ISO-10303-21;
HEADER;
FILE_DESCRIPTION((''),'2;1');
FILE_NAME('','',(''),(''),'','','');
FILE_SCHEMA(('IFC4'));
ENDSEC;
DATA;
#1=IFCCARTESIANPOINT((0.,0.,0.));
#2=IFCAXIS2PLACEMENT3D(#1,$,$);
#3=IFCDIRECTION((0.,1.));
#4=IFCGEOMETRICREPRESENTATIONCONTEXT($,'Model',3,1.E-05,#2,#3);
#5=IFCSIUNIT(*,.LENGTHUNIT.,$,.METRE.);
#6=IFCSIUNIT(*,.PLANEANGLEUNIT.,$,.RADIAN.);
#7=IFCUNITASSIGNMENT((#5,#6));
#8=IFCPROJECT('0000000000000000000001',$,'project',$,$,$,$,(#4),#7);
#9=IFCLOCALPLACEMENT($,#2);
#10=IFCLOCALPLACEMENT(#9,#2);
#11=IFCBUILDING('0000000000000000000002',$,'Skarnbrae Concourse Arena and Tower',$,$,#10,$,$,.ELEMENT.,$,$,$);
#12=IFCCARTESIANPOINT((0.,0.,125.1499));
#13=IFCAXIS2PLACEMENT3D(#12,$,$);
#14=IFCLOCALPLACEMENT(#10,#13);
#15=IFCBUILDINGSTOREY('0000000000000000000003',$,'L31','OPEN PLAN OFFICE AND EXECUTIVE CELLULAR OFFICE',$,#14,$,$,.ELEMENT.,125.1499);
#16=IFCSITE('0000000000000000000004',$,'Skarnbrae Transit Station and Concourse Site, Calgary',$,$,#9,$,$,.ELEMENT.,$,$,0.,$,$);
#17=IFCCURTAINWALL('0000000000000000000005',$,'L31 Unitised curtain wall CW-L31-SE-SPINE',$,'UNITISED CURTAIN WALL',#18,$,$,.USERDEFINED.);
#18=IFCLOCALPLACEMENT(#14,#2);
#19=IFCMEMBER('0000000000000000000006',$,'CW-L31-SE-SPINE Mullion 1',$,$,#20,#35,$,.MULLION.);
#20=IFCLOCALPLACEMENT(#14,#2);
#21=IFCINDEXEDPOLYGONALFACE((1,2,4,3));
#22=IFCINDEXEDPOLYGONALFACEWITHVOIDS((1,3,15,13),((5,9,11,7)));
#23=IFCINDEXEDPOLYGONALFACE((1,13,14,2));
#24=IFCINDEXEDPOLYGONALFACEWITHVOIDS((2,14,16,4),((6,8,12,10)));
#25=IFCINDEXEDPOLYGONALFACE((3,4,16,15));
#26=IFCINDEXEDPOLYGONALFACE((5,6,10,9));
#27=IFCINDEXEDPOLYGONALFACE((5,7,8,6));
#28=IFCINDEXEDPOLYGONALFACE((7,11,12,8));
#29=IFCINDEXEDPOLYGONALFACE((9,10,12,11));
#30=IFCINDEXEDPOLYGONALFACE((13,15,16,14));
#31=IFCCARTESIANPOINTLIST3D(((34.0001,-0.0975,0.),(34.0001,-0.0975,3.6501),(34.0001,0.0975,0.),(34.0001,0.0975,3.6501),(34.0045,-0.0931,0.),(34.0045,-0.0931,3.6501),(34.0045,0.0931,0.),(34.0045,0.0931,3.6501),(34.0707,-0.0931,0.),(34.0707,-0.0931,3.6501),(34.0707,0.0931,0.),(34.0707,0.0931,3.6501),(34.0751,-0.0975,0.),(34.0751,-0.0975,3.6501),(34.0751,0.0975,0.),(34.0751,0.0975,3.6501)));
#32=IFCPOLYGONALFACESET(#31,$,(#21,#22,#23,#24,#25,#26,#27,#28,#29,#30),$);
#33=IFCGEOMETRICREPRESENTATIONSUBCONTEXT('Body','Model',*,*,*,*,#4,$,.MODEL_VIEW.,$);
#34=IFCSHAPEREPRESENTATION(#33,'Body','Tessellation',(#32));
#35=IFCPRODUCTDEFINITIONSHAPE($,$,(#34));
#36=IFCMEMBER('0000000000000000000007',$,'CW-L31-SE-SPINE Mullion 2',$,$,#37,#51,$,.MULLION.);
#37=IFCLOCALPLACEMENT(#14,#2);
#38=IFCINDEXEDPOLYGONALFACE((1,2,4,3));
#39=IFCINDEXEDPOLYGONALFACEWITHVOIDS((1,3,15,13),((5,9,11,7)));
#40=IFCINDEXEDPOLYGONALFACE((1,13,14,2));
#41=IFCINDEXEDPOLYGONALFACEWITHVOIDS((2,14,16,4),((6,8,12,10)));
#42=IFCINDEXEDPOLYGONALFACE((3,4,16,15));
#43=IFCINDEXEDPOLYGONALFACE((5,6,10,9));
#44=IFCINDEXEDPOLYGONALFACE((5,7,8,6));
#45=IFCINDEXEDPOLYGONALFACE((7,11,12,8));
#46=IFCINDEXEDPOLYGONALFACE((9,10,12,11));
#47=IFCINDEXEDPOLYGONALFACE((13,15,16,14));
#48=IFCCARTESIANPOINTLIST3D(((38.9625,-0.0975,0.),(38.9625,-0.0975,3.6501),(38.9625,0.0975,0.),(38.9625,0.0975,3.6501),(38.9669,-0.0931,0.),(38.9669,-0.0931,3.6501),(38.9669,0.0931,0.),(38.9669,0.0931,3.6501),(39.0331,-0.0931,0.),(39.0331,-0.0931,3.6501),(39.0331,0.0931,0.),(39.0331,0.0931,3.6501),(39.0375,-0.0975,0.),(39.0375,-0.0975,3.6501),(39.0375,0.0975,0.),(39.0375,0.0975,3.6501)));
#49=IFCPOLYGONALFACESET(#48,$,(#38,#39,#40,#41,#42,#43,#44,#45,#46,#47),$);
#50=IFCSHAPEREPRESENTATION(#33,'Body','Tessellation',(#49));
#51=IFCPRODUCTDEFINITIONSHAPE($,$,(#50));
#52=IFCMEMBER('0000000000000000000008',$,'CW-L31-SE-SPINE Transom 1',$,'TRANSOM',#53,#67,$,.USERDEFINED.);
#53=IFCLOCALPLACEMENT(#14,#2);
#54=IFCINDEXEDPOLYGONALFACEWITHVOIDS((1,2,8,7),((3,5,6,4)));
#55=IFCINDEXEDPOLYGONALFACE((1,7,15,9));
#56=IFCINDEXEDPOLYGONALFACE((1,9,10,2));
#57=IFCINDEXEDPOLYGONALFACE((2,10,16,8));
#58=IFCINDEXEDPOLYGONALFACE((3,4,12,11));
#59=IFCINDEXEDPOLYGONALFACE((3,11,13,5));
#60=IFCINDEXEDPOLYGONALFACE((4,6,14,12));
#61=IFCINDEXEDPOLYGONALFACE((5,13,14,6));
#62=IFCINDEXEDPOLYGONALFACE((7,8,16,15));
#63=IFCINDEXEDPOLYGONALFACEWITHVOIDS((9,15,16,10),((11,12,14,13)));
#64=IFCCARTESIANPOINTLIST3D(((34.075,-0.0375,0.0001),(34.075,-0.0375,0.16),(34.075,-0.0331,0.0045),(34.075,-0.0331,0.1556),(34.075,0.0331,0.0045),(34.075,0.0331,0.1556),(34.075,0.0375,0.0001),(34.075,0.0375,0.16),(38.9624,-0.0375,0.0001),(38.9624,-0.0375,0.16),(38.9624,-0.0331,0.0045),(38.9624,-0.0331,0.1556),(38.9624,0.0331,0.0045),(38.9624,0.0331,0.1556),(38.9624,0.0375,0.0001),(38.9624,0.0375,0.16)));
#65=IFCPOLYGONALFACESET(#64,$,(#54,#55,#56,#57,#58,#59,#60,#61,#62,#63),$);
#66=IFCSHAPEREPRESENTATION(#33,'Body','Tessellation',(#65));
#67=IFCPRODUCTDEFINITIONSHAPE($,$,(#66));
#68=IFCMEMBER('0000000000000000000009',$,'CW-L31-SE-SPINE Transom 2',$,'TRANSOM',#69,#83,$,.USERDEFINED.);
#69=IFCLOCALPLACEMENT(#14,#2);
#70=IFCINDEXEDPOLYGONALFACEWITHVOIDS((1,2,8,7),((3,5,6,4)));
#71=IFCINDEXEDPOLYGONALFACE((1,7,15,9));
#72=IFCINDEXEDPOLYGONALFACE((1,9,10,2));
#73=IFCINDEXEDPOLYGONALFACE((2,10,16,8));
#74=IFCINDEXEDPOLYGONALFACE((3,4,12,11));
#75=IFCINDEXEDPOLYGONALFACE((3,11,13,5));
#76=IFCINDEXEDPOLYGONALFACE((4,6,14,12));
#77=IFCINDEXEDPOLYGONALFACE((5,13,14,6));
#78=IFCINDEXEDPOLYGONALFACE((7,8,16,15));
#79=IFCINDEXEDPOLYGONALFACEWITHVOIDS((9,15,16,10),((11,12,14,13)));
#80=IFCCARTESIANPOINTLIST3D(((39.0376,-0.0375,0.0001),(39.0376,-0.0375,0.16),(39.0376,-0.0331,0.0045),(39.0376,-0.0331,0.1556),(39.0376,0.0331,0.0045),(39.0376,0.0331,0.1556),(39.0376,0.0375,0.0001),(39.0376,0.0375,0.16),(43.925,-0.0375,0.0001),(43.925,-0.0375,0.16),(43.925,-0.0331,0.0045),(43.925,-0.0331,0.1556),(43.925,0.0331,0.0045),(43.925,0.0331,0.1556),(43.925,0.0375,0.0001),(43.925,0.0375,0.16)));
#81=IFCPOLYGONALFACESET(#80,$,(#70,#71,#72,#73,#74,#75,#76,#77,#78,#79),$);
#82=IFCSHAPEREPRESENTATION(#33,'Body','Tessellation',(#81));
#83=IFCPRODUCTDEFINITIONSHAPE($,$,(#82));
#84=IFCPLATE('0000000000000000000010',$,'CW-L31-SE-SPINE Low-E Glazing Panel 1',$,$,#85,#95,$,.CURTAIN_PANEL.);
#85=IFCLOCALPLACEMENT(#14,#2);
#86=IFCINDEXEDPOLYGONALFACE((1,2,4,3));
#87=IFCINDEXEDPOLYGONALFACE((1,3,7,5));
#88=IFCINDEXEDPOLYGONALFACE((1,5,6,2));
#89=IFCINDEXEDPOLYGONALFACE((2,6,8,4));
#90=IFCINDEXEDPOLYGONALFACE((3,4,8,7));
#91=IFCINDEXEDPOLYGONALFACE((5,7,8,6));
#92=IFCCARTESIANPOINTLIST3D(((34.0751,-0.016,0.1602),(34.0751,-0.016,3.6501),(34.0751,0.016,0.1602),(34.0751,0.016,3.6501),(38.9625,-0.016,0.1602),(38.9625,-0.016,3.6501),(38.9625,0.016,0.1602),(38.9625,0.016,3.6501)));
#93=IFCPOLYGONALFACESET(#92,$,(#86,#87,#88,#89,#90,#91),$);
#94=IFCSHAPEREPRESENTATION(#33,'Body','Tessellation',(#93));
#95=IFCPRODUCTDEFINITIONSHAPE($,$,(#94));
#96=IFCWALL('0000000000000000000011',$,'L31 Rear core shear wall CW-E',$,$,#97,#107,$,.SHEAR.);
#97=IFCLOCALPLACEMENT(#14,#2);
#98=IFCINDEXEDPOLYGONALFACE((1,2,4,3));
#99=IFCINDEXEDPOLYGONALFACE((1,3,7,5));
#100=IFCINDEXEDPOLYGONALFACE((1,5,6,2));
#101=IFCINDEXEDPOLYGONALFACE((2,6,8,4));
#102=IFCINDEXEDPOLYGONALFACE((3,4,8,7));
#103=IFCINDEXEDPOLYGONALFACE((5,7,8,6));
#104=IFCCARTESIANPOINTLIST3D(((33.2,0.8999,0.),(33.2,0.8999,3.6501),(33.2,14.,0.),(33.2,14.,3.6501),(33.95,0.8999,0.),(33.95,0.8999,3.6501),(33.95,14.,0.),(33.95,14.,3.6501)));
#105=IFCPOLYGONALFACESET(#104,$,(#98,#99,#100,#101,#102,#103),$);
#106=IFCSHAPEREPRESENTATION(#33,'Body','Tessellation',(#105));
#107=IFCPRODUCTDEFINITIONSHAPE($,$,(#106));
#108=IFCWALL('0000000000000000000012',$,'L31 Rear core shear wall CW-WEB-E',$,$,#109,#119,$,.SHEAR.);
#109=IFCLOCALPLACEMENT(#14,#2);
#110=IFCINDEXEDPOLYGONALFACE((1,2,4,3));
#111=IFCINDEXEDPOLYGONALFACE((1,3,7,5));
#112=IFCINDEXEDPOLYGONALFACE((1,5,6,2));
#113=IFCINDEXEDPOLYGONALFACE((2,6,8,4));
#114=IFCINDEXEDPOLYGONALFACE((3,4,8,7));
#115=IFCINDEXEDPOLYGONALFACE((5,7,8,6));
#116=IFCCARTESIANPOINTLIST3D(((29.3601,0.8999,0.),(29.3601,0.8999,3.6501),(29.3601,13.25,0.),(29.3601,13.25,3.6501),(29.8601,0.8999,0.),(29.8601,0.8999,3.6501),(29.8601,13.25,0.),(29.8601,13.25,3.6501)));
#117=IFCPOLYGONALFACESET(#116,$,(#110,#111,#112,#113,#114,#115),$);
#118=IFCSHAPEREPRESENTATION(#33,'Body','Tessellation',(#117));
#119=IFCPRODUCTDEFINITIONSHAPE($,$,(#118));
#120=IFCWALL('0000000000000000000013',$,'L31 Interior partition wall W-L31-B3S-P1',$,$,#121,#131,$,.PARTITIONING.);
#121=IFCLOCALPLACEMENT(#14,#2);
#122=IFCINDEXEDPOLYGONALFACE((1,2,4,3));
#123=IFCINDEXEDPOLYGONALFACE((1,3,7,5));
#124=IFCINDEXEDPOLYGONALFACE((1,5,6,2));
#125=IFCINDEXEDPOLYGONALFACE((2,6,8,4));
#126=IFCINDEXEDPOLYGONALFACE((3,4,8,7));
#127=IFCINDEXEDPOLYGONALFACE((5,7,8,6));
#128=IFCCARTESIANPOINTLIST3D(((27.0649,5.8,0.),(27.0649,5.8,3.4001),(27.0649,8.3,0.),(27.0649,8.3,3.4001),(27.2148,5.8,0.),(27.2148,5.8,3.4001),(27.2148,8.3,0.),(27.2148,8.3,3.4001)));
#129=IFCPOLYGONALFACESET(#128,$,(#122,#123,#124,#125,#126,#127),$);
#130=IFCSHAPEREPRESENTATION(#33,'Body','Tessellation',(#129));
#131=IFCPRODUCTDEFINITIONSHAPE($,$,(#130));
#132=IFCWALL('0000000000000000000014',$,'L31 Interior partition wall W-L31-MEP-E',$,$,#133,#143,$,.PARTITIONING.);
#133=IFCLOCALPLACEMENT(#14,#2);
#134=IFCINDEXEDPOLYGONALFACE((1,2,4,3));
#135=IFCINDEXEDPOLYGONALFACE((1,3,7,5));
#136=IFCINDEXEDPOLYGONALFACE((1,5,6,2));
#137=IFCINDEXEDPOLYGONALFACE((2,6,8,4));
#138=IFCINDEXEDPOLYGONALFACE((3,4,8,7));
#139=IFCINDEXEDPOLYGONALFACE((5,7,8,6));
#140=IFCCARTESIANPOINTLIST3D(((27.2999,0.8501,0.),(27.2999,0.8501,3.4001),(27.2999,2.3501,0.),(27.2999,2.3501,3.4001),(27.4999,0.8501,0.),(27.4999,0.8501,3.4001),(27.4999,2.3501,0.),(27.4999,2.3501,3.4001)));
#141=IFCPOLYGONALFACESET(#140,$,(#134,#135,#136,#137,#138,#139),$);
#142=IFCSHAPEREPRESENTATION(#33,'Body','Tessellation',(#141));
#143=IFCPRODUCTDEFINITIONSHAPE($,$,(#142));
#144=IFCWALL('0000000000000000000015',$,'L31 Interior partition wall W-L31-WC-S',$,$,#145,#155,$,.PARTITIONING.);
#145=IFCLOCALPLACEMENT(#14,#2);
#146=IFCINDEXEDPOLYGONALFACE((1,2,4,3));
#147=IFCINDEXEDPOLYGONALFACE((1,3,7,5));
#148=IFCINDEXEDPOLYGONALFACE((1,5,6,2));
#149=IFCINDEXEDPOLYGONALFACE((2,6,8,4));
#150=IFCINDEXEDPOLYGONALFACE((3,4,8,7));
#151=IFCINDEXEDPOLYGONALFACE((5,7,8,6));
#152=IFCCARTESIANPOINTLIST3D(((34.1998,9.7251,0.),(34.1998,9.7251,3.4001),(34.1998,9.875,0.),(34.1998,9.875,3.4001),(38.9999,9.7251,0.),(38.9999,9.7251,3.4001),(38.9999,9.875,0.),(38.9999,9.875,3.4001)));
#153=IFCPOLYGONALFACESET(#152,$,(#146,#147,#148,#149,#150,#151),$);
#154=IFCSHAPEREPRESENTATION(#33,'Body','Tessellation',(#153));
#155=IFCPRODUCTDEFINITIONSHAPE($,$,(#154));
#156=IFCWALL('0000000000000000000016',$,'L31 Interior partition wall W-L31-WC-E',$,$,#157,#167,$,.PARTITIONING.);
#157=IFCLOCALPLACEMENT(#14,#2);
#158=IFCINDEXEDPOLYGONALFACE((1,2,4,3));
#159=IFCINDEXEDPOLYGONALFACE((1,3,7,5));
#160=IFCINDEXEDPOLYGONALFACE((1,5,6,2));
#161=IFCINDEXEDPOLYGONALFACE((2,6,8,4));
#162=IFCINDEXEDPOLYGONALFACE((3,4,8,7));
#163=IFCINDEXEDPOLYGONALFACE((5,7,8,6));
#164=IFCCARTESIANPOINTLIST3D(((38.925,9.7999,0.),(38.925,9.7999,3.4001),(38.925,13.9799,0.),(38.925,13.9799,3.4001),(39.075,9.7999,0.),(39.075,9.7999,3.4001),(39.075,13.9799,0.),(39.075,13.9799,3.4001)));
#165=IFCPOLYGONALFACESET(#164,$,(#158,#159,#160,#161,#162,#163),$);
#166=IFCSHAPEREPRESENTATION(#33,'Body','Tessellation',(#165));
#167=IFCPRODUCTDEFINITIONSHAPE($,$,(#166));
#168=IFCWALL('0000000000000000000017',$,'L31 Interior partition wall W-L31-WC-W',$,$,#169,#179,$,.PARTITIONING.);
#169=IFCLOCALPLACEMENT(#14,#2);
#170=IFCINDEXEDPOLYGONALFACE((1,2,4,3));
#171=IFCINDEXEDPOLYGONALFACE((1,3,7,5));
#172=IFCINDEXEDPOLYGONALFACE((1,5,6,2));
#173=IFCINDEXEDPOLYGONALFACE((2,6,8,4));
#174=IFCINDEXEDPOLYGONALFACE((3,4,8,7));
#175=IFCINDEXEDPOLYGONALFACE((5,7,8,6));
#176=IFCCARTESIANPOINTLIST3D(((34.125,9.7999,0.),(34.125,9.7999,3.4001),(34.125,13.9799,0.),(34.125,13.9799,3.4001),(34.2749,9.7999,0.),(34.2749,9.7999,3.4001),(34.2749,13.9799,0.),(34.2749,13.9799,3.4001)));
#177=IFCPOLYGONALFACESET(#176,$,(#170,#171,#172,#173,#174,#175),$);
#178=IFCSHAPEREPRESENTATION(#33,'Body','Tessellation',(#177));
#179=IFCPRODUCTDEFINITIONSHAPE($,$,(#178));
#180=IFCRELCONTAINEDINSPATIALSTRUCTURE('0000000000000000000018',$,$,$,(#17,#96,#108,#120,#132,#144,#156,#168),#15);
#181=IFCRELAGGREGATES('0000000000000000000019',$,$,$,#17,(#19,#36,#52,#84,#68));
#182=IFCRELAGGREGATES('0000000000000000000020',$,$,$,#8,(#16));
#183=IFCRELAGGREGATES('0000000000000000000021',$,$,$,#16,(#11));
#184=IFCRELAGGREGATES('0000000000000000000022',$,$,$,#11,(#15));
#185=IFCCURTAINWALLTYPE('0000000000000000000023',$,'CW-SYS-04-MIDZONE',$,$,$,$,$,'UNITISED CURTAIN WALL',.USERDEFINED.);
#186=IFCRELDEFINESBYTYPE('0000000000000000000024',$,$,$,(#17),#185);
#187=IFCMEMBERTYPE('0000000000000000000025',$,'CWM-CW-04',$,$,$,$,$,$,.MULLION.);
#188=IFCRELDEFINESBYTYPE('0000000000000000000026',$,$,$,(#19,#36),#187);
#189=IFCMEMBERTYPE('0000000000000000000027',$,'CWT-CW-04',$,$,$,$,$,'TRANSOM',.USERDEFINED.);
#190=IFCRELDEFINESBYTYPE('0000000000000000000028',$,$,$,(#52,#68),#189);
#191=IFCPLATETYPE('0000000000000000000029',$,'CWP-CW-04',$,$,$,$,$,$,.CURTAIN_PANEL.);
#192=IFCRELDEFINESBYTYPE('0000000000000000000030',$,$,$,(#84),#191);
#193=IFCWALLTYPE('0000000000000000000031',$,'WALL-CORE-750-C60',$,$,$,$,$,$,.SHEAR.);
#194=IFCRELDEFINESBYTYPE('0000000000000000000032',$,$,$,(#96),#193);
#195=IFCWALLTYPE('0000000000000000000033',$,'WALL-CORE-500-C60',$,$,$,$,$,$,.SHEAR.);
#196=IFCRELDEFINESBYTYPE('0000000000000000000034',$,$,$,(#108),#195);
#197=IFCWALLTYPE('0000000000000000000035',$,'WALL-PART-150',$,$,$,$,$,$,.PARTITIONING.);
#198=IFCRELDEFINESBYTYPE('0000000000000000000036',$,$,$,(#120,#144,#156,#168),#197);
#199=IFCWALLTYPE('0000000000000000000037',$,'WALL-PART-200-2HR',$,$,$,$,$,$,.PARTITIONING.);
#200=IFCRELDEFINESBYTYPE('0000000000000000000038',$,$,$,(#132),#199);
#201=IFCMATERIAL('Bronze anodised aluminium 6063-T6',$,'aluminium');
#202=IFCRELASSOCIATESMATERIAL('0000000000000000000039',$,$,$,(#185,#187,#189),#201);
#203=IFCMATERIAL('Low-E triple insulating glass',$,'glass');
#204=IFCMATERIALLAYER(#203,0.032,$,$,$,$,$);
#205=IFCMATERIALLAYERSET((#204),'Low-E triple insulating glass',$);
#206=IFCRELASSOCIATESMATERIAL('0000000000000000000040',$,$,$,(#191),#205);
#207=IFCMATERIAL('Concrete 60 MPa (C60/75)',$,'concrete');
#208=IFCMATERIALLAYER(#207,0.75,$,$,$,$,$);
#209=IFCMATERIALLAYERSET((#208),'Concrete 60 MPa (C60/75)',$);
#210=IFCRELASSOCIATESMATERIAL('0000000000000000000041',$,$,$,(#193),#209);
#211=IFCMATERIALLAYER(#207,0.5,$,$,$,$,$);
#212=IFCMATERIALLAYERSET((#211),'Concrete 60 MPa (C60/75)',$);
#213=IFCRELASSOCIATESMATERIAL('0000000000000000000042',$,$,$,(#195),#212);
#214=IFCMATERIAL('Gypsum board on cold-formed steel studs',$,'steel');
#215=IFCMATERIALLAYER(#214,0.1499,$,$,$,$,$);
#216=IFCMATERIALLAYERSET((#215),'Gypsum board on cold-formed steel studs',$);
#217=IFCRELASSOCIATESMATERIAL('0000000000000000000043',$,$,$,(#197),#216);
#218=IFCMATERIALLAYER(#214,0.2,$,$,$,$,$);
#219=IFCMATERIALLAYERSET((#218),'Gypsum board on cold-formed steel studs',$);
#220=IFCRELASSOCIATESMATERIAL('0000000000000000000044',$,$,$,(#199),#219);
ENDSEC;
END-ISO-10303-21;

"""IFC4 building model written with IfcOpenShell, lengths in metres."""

from ifc_helpers import new_model, si_unit, direction, frame, frame_2d, origin, origin_2d, place, context, subcontext, project, spatial, rectangle, hollow_rectangle, extrude, source, transform, mapped, material, layer, layer_set, material_profile, profile_set, type_object, element, aggregate, save


model = new_model("IFC4")

# Units and contexts
model_context = context("Model", 3, precision=1e-05, world=origin(), true_north=direction((0.0, 1.0)))
body_context = subcontext(model_context, "Body", "Model", "MODEL_VIEW")
ifc_project = project(units=[si_unit("LENGTHUNIT", "METRE"), si_unit("PLANEANGLEUNIT", "RADIAN")], contexts=[model_context])

# Site, building, storey
site_placement = place(None, origin())
site = spatial("IfcSite", under=ifc_project, at=site_placement, Name="Skarnbrae Transit Station and Concourse Site, Calgary", CompositionType="ELEMENT", RefElevation=0.0)
building_placement = place(site_placement, origin())
building = spatial("IfcBuilding", under=site, at=building_placement, Name="Skarnbrae Concourse Arena and Tower", CompositionType="ELEMENT")
storey_placement = place(building_placement, frame((0.0, 0.0, 125.1499)))
storey = spatial("IfcBuildingStorey", under=building, at=storey_placement, Name="L31", Description="OPEN PLAN OFFICE AND EXECUTIVE CELLULAR OFFICE", CompositionType="ELEMENT", Elevation=125.1499)

# Curtain wall, members, plate
ifc_material_1 = material(Name="Bronze anodised aluminium 6063-T6", Category="aluminium")
curtain_wall_type = type_object("IfcCurtainWallType", Name="CW-SYS-04-MIDZONE", ElementType="UNITISED CURTAIN WALL", PredefinedType="USERDEFINED", material=ifc_material_1)
curtain_wall_placement = place(storey_placement, origin())
curtain_wall = element("IfcCurtainWall", 1, at=curtain_wall_placement, inside=storey, type_object=curtain_wall_type, Name="L31 Unitised curtain wall CW-L31-SE-SPINE", ObjectType="UNITISED CURTAIN WALL", PredefinedType="USERDEFINED")
ifc_material_profile_1 = material_profile(ifc_material_1, hollow_rectangle(XDim=0.075, YDim=0.1951, WallThickness=0.0044, at=origin_2d()), Name="ALU-MULL-75X195")
ifc_profile_set_1 = profile_set([ifc_material_profile_1], Name="Bronze anodised aluminium 6063-T6")
member_type_1 = type_object("IfcMemberType", Name="CWM-CW-04", PredefinedType="MULLION", material=ifc_profile_set_1)
shared_shape_1 = source(origin(), body_context, "Body", "SweptSolid", [
    extrude(hollow_rectangle(XDim=0.075, YDim=0.1951, WallThickness=0.0044, at=origin_2d()), origin(), (0.0, 0.0, 1.0), 3.6501),
])
member_1_placement = place(storey_placement, frame((34.0376, 0.0, 0.0), z_axis=(0.0, 0.0, 1.0), x_axis=(1.0, 0.0, 0.0)))
member_1 = element("IfcMember", 2, at=member_1_placement, type_object=member_type_1, Name="CW-L31-SE-SPINE Mullion 1", PredefinedType="MULLION", context=body_context, shape_type="MappedRepresentation", body=[
    mapped(shared_shape_1, transform((0.0, 0.0, 0.0))),
])
member_2_placement = place(storey_placement, frame((39.0, 0.0, 0.0), z_axis=(0.0, 0.0, 1.0), x_axis=(1.0, 0.0, 0.0)))
member_2 = element("IfcMember", 3, at=member_2_placement, type_object=member_type_1, Name="CW-L31-SE-SPINE Mullion 2", PredefinedType="MULLION", context=body_context, shape_type="MappedRepresentation", body=[
    mapped(shared_shape_1, transform((0.0, 0.0, 0.0))),
])
ifc_material_profile_2 = material_profile(ifc_material_1, hollow_rectangle(XDim=0.075, YDim=0.1599, WallThickness=0.0044, at=origin_2d()), Name="ALU-TRAN-75X160")
ifc_profile_set_2 = profile_set([ifc_material_profile_2], Name="Bronze anodised aluminium 6063-T6")
member_type_2 = type_object("IfcMemberType", Name="CWT-CW-04", ElementType="TRANSOM", PredefinedType="USERDEFINED", material=ifc_profile_set_2)
shared_shape_2 = source(origin(), body_context, "Body", "SweptSolid", [
    extrude(hollow_rectangle(XDim=0.075, YDim=0.1599, WallThickness=0.0044, at=origin_2d()), origin(), (0.0, 0.0, 1.0), 4.8875),
])
member_3_placement = place(storey_placement, frame((34.075, 0.0, 0.0801), z_axis=(1.0, 0.0, 0.0), x_axis=(0.0, 1.0, 0.0)))
member_3 = element("IfcMember", 4, at=member_3_placement, type_object=member_type_2, Name="CW-L31-SE-SPINE Transom 1", ObjectType="TRANSOM", PredefinedType="USERDEFINED", context=body_context, shape_type="MappedRepresentation", body=[
    mapped(shared_shape_2, transform((0.0, 0.0, 0.0))),
])
member_4_placement = place(storey_placement, frame((39.0376, 0.0, 0.0801), z_axis=(1.0, 0.0, 0.0), x_axis=(0.0, 1.0, 0.0)))
member_4 = element("IfcMember", 5, at=member_4_placement, type_object=member_type_2, Name="CW-L31-SE-SPINE Transom 2", ObjectType="TRANSOM", PredefinedType="USERDEFINED", context=body_context, shape_type="MappedRepresentation", body=[
    mapped(shared_shape_2, transform((0.0, 0.0, 0.0))),
])
ifc_material_2 = material(Name="Low-E triple insulating glass", Category="glass")
ifc_layer_1 = layer(ifc_material_2, 0.032)
ifc_layer_set_1 = layer_set([ifc_layer_1], Name="Low-E triple insulating glass")
plate_type = type_object("IfcPlateType", Name="CWP-CW-04", PredefinedType="CURTAIN_PANEL", material=ifc_layer_set_1)
shared_shape_3 = source(origin(), body_context, "Body", "SweptSolid", [
    extrude(rectangle(XDim=4.8875, YDim=0.032, at=origin_2d()), origin(), (0.0, 0.0, 1.0), 3.49),
])
plate_placement = place(storey_placement, frame((36.5188, 0.0, 0.1602), z_axis=(0.0, 0.0, 1.0), x_axis=(1.0, 0.0, 0.0)))
plate = element("IfcPlate", 6, at=plate_placement, type_object=plate_type, Name="CW-L31-SE-SPINE Low-E Glazing Panel 1", PredefinedType="CURTAIN_PANEL", context=body_context, shape_type="MappedRepresentation", body=[
    mapped(shared_shape_3, transform((0.0, 0.0, 0.0))),
])
aggregate(curtain_wall, [member_1, member_2, member_3, plate, member_4])

# Walls
ifc_material_3 = material(Name="Concrete 60 MPa (C60/75)", Category="concrete")
ifc_layer_2 = layer(ifc_material_3, 0.75)
ifc_layer_set_2 = layer_set([ifc_layer_2], Name="Concrete 60 MPa (C60/75)")
wall_type_1 = type_object("IfcWallType", Name="WALL-CORE-750-C60", PredefinedType="SHEAR", material=ifc_layer_set_2)
shared_shape_4 = source(origin(), body_context, "Body", "SweptSolid", [
    extrude(rectangle(XDim=13.1001, YDim=0.75, at=frame_2d((6.55, 0.0))), origin(), (0.0, 0.0, 1.0), 3.6501),
])
wall_1_placement = place(storey_placement, frame((33.575, 0.8999, 0.0), z_axis=(0.0, 0.0, 1.0), x_axis=(0.0, 1.0, 0.0)))
element("IfcWall", 7, at=wall_1_placement, inside=storey, type_object=wall_type_1, Name="L31 Rear core shear wall CW-E", PredefinedType="SHEAR", context=body_context, shape_type="MappedRepresentation", body=[
    mapped(shared_shape_4, transform((0.0, 0.0, 0.0))),
])
ifc_layer_3 = layer(ifc_material_3, 0.5)
ifc_layer_set_3 = layer_set([ifc_layer_3], Name="Concrete 60 MPa (C60/75)")
wall_type_2 = type_object("IfcWallType", Name="WALL-CORE-500-C60", PredefinedType="SHEAR", material=ifc_layer_set_3)
shared_shape_5 = source(origin(), body_context, "Body", "SweptSolid", [
    extrude(rectangle(XDim=12.3501, YDim=0.5, at=frame_2d((6.175, 0.0))), origin(), (0.0, 0.0, 1.0), 3.6501),
])
wall_2_placement = place(storey_placement, frame((29.6101, 0.8999, 0.0), z_axis=(0.0, 0.0, 1.0), x_axis=(0.0, 1.0, 0.0)))
element("IfcWall", 8, at=wall_2_placement, inside=storey, type_object=wall_type_2, Name="L31 Rear core shear wall CW-WEB-E", PredefinedType="SHEAR", context=body_context, shape_type="MappedRepresentation", body=[
    mapped(shared_shape_5, transform((0.0, 0.0, 0.0))),
])
ifc_material_4 = material(Name="Gypsum board on cold-formed steel studs", Category="steel")
ifc_layer_4 = layer(ifc_material_4, 0.1499)
ifc_layer_set_4 = layer_set([ifc_layer_4], Name="Gypsum board on cold-formed steel studs")
wall_type_3 = type_object("IfcWallType", Name="WALL-PART-150", PredefinedType="PARTITIONING", material=ifc_layer_set_4)
shared_shape_6 = source(origin(), body_context, "Body", "SweptSolid", [
    extrude(rectangle(XDim=2.5, YDim=0.1499, at=frame_2d((1.25, 0.0))), origin(), (0.0, 0.0, 1.0), 3.4001),
])
wall_3_placement = place(storey_placement, frame((27.1399, 5.8, 0.0), z_axis=(0.0, 0.0, 1.0), x_axis=(0.0, 1.0, 0.0)))
element("IfcWall", 9, at=wall_3_placement, inside=storey, type_object=wall_type_3, Name="L31 Interior partition wall W-L31-B3S-P1", PredefinedType="PARTITIONING", context=body_context, shape_type="MappedRepresentation", body=[
    mapped(shared_shape_6, transform((0.0, 0.0, 0.0))),
])
ifc_layer_5 = layer(ifc_material_4, 0.2)
ifc_layer_set_5 = layer_set([ifc_layer_5], Name="Gypsum board on cold-formed steel studs")
wall_type_4 = type_object("IfcWallType", Name="WALL-PART-200-2HR", PredefinedType="PARTITIONING", material=ifc_layer_set_5)
shared_shape_7 = source(origin(), body_context, "Body", "SweptSolid", [
    extrude(rectangle(XDim=1.5, YDim=0.2, at=frame_2d((0.75, 0.0))), origin(), (0.0, 0.0, 1.0), 3.4001),
])
wall_4_placement = place(storey_placement, frame((27.3999, 0.8501, 0.0), z_axis=(0.0, 0.0, 1.0), x_axis=(0.0, 1.0, 0.0)))
element("IfcWall", 10, at=wall_4_placement, inside=storey, type_object=wall_type_4, Name="L31 Interior partition wall W-L31-MEP-E", PredefinedType="PARTITIONING", context=body_context, shape_type="MappedRepresentation", body=[
    mapped(shared_shape_7, transform((0.0, 0.0, 0.0))),
])
shared_shape_8 = source(origin(), body_context, "Body", "SweptSolid", [
    extrude(rectangle(XDim=4.8, YDim=0.1499, at=frame_2d((2.3999, 0.0))), origin(), (0.0, 0.0, 1.0), 3.4001),
])
wall_5_placement = place(storey_placement, frame((34.2, 9.8, 0.0), z_axis=(0.0, 0.0, 1.0), x_axis=(1.0, 0.0, 0.0)))
element("IfcWall", 11, at=wall_5_placement, inside=storey, type_object=wall_type_3, Name="L31 Interior partition wall W-L31-WC-S", PredefinedType="PARTITIONING", context=body_context, shape_type="MappedRepresentation", body=[
    mapped(shared_shape_8, transform((0.0, 0.0, 0.0))),
])
shared_shape_9 = source(origin(), body_context, "Body", "SweptSolid", [
    extrude(rectangle(XDim=4.1799, YDim=0.1499, at=frame_2d((2.0898, 0.0))), origin(), (0.0, 0.0, 1.0), 3.4001),
])
for number, where, z_axis, x_axis, name in (
    (12, (39.0, 9.8, 0.0), (0.0, 0.0, 1.0), (0.0, 1.0, 0.0), "L31 Interior partition wall W-L31-WC-E"),
    (13, (34.2, 9.8, 0.0), (0.0, 0.0, 1.0), (0.0, 1.0, 0.0), "L31 Interior partition wall W-L31-WC-W"),
):
    element("IfcWall", number, at=place(storey_placement, frame(where, z_axis=z_axis, x_axis=x_axis)), inside=storey, type_object=wall_type_3, Name=name, PredefinedType="PARTITIONING", context=body_context, shape_type="MappedRepresentation", body=[
        mapped(shared_shape_9, transform((0.0, 0.0, 0.0))),
    ])

save(model, "model.ifc")
